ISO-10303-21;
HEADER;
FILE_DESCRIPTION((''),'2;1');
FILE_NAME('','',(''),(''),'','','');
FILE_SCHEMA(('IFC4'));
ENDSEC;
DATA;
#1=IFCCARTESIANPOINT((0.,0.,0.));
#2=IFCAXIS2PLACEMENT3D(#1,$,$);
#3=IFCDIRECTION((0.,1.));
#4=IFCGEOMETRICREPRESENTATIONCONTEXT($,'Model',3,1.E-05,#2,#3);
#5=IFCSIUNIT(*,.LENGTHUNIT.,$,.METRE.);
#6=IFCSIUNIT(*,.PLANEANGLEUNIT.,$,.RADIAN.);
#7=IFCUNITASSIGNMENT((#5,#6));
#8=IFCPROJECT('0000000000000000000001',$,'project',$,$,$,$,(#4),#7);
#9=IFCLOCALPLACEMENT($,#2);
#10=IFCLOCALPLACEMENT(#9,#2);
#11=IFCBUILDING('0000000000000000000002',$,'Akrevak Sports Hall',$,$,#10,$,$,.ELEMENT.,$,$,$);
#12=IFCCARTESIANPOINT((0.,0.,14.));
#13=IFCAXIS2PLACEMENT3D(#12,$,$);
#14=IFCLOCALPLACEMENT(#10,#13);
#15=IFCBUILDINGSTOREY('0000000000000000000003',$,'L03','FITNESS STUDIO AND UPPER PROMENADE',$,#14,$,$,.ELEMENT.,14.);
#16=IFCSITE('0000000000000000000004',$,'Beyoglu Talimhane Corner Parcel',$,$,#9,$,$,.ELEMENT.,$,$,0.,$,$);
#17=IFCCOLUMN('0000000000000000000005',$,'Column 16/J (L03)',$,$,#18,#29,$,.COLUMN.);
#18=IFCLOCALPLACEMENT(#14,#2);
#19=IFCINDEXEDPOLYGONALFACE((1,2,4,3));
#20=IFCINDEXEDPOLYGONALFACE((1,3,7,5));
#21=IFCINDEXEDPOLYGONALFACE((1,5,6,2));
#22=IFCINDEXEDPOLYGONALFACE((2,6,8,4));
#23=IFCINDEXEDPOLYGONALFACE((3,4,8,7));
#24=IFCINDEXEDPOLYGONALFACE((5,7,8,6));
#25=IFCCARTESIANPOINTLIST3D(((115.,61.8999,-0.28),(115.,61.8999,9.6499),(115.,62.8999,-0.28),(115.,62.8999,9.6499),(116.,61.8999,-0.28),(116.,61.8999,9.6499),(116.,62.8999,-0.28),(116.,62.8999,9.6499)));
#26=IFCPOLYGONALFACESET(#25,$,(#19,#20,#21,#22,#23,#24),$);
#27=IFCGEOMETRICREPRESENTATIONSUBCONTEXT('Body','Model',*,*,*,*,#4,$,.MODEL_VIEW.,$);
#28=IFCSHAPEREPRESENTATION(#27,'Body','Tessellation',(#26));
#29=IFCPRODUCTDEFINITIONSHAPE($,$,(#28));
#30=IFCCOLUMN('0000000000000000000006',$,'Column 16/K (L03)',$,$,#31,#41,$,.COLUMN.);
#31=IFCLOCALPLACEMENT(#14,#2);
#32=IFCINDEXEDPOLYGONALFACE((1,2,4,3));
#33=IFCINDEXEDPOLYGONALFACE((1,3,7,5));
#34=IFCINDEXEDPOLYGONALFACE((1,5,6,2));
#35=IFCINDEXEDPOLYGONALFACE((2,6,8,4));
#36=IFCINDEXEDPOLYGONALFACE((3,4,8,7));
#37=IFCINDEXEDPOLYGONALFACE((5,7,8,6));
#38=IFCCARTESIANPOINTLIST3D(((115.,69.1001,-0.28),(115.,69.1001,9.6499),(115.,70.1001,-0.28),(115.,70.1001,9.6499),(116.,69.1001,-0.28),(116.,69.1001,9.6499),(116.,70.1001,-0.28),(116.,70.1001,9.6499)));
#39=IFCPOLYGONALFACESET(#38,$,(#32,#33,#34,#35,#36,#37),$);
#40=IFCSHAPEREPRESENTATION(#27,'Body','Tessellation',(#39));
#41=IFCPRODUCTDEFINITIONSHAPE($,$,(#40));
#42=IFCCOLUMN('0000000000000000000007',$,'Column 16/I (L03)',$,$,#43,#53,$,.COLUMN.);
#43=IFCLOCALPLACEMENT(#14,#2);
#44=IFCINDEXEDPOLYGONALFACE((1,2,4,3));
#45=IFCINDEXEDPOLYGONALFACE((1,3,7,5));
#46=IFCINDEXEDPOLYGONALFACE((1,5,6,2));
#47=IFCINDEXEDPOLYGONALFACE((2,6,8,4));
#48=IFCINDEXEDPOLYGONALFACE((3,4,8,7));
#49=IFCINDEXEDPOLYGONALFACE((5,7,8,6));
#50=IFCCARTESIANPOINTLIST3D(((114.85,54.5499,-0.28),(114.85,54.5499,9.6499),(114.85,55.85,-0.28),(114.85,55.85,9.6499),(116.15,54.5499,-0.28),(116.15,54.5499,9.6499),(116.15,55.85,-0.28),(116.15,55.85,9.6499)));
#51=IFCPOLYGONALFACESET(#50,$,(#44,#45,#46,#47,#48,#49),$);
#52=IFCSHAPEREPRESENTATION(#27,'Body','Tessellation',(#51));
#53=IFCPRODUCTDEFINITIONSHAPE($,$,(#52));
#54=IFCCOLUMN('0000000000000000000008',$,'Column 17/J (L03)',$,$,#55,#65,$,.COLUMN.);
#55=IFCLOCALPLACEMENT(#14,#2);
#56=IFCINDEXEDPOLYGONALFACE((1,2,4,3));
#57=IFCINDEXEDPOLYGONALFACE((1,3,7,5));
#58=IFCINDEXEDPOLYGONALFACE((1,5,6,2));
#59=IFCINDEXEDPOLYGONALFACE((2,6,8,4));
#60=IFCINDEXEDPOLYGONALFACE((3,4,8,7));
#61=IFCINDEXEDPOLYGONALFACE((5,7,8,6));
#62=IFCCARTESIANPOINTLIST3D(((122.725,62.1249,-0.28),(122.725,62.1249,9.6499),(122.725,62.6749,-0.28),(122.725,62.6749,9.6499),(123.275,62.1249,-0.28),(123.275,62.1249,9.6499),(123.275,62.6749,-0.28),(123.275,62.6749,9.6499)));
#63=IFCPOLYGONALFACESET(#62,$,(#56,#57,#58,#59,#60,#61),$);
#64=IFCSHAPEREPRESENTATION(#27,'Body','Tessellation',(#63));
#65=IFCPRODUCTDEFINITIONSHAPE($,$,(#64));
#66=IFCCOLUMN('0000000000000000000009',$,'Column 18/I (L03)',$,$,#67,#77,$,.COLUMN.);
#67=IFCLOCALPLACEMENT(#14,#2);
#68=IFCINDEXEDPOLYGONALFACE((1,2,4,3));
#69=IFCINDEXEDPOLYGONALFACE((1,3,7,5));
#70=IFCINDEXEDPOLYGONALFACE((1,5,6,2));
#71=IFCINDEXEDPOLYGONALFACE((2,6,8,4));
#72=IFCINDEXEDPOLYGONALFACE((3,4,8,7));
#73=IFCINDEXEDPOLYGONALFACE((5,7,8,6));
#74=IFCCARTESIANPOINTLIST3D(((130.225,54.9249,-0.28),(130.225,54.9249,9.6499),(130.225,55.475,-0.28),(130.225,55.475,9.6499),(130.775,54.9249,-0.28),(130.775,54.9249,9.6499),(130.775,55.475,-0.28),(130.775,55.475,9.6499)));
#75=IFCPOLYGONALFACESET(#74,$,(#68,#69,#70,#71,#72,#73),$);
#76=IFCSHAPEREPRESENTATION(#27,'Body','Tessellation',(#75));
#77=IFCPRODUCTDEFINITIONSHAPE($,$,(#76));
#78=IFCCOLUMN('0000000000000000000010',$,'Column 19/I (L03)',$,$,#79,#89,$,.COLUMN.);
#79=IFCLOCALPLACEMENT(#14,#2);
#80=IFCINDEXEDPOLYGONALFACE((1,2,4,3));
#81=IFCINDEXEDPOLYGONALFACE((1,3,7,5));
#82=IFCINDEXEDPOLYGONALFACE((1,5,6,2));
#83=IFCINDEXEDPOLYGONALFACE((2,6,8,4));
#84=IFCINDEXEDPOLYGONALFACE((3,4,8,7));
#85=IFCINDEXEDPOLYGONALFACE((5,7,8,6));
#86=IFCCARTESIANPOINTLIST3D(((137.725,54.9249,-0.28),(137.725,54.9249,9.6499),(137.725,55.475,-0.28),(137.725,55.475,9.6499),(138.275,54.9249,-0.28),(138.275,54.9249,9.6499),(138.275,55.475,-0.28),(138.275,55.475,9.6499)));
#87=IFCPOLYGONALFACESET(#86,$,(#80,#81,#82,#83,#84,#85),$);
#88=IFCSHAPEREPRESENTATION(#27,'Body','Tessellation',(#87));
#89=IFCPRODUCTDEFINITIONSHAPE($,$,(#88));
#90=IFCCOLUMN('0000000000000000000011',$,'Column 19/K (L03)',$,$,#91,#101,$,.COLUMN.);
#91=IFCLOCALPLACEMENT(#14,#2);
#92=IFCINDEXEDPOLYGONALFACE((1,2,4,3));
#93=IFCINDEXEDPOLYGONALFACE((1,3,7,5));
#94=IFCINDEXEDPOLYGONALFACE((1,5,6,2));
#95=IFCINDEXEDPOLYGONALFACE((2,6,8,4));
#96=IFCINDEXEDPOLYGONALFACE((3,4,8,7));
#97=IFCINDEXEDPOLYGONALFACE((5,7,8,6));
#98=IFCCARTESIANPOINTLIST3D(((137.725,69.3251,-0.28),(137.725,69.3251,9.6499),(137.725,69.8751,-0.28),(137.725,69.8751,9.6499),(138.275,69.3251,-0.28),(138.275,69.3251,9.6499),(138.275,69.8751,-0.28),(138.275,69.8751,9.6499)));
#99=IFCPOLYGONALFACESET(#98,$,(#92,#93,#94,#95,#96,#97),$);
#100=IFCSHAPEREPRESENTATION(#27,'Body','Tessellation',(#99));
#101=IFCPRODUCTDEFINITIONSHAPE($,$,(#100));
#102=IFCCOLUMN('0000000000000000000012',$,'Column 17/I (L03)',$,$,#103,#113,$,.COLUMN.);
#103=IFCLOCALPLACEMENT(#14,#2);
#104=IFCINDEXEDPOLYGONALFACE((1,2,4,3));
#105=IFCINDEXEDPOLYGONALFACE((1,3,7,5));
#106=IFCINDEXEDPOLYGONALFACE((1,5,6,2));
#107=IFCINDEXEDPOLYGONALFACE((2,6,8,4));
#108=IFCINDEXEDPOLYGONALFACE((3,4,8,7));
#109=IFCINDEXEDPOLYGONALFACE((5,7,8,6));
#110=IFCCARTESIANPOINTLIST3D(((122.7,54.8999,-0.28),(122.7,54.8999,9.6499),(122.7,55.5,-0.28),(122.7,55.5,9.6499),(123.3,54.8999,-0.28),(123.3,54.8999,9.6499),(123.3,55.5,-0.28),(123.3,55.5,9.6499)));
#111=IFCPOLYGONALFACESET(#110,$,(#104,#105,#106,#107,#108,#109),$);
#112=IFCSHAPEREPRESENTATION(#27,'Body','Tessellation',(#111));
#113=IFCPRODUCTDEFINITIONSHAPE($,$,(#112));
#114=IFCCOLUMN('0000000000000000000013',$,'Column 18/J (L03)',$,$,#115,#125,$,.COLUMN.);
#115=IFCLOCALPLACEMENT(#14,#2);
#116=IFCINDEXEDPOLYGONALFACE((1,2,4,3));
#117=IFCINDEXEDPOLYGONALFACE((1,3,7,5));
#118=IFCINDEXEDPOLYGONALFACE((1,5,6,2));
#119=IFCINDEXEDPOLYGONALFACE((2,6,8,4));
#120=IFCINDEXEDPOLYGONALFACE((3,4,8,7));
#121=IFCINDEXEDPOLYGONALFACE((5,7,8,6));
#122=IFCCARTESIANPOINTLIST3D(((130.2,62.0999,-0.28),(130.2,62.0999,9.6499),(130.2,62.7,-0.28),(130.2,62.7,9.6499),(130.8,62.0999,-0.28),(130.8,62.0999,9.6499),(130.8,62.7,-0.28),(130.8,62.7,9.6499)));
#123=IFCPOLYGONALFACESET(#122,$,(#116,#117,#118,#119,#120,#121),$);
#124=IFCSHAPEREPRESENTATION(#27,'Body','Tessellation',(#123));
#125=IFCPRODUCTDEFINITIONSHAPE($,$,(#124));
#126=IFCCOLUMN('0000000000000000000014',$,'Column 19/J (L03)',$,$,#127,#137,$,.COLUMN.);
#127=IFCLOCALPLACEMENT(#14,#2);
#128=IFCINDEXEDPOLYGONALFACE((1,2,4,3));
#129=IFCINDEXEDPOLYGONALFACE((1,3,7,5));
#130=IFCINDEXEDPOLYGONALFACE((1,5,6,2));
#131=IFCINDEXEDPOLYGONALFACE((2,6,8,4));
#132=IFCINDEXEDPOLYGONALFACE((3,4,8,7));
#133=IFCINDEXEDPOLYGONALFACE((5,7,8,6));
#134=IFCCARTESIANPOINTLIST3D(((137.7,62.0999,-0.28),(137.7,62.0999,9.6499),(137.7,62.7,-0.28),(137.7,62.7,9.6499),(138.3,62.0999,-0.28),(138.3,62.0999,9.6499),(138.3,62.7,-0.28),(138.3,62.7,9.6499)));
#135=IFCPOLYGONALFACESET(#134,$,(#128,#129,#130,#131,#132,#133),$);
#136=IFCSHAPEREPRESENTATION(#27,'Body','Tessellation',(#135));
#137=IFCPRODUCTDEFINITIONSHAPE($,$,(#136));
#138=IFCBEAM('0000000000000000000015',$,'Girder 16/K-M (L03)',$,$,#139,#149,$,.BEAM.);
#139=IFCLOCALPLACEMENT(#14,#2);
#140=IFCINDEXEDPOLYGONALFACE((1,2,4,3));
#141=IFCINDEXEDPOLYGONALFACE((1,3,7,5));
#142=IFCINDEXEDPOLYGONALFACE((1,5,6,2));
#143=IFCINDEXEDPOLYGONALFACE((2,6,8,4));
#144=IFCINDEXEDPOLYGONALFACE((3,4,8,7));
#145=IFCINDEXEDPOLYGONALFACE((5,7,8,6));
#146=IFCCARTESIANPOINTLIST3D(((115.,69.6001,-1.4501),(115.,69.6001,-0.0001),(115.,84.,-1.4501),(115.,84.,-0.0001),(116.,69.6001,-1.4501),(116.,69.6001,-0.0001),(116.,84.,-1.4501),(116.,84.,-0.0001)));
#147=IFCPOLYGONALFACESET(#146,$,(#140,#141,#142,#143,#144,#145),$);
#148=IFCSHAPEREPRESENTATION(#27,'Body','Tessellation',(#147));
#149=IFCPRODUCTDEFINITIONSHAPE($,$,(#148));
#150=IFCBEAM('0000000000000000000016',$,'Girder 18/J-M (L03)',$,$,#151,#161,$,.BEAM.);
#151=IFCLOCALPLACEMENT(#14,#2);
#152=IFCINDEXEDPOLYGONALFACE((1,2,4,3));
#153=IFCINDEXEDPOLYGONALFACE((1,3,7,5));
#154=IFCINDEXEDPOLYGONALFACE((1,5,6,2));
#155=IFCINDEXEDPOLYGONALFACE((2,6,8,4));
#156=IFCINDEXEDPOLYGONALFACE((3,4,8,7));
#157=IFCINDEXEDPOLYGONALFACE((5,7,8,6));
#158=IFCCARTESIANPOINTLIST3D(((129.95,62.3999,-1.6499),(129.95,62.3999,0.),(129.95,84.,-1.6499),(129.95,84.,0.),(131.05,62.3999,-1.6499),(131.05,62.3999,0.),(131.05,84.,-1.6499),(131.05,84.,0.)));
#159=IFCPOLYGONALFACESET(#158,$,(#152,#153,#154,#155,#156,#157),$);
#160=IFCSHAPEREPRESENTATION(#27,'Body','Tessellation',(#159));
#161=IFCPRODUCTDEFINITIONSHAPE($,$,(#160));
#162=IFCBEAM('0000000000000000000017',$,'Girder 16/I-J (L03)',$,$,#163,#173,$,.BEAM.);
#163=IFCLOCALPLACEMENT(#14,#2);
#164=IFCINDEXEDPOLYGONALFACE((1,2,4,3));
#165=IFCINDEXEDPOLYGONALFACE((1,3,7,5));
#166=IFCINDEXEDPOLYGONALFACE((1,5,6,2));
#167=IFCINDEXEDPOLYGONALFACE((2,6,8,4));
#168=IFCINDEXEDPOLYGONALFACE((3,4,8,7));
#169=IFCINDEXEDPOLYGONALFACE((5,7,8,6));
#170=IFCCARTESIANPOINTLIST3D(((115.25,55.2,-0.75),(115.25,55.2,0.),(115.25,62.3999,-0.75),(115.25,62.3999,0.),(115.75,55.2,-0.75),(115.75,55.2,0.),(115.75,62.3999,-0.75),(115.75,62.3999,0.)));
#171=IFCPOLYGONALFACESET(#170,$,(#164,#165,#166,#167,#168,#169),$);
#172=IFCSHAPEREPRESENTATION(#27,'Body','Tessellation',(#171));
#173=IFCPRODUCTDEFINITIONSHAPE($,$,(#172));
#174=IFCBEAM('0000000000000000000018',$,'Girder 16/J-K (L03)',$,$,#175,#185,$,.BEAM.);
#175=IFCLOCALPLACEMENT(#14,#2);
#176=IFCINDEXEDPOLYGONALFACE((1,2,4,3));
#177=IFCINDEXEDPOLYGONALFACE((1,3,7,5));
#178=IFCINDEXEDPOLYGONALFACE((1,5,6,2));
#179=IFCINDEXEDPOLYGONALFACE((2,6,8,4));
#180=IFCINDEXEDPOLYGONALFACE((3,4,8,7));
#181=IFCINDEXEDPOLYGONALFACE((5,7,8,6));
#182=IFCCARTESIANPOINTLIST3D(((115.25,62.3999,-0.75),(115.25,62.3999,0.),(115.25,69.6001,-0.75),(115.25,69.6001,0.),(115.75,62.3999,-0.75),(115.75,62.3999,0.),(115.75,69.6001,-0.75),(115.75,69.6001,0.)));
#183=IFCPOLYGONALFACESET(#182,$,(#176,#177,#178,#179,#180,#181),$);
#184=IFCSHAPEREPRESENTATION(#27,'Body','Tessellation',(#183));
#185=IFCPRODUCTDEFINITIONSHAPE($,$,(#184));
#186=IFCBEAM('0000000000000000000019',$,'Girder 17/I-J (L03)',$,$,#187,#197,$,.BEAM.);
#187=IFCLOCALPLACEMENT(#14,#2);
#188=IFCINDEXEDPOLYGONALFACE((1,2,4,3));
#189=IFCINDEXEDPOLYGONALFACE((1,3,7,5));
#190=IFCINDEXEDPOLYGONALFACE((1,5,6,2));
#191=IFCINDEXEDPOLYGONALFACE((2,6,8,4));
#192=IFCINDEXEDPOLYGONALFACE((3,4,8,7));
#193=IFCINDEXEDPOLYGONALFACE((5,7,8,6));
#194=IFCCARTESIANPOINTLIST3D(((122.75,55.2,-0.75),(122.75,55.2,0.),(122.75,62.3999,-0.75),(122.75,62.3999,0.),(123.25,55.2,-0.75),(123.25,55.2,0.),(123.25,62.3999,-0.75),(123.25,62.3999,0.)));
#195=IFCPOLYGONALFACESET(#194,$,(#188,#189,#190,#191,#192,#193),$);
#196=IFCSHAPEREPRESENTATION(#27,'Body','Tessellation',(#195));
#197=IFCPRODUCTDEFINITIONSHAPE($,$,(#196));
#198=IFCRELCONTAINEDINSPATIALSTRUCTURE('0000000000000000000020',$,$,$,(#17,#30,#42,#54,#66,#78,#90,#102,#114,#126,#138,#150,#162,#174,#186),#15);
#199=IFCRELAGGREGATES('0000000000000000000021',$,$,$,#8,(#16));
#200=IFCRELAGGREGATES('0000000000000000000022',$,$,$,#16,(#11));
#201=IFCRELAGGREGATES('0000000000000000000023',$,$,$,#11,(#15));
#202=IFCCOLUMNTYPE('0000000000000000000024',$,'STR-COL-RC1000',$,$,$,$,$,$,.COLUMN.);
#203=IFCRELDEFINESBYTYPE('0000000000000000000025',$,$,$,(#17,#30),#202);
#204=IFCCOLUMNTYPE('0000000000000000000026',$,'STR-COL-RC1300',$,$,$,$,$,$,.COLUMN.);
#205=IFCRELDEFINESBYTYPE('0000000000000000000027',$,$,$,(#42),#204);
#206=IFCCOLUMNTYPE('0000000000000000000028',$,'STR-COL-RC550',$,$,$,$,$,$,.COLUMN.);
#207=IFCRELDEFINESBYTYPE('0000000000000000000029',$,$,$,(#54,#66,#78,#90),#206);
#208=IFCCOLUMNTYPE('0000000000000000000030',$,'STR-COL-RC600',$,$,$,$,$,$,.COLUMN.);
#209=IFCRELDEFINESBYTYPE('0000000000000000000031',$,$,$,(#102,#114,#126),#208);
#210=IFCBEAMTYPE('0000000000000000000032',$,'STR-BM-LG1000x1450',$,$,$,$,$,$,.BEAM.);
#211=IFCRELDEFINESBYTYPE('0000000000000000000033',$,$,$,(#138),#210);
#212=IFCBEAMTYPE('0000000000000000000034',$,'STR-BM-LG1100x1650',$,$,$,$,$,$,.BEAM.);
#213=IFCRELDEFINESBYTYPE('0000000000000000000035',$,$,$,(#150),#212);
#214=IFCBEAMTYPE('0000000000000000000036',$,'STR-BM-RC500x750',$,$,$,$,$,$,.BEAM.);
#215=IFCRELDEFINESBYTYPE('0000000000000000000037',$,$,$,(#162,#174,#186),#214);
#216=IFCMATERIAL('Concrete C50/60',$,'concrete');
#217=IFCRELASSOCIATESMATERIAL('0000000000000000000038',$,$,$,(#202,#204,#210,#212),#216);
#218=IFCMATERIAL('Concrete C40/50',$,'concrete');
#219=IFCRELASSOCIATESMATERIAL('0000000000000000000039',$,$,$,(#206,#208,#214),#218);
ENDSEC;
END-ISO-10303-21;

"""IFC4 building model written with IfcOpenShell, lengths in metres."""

from ifc_helpers import new_model, si_unit, direction, frame, origin, origin_2d, place, context, subcontext, project, spatial, rectangle, extrude, material, material_profile, profile_set, type_object, element, save


model = new_model("IFC4")

# Units and contexts
model_context = context("Model", 3, precision=1e-05, world=origin(), true_north=direction((0.0, 1.0)))
body_context = subcontext(model_context, "Body", "Model", "MODEL_VIEW")
ifc_project = project(units=[si_unit("LENGTHUNIT", "METRE"), si_unit("PLANEANGLEUNIT", "RADIAN")], contexts=[model_context])

# Site, building, storey
site_placement = place(None, origin())
site = spatial("IfcSite", under=ifc_project, at=site_placement, Name="Beyoglu Talimhane Corner Parcel", CompositionType="ELEMENT", RefElevation=0.0)
building_placement = place(site_placement, origin())
building = spatial("IfcBuilding", under=site, at=building_placement, Name="Akrevak Sports Hall", CompositionType="ELEMENT")
storey_placement = place(building_placement, frame((0.0, 0.0, 14.0)))
storey = spatial("IfcBuildingStorey", under=building, at=storey_placement, Name="L03", Description="FITNESS STUDIO AND UPPER PROMENADE", CompositionType="ELEMENT", Elevation=14.0)

# Columns
ifc_material_1 = material(Name="Concrete C50/60", Category="concrete")
ifc_material_profile_1 = material_profile(ifc_material_1, rectangle(XDim=1.0, YDim=1.0, at=origin_2d()), Name="RC 1000x1000", Category="concrete")
ifc_profile_set_1 = profile_set([ifc_material_profile_1], Name="Concrete C50/60")
column_type_1 = type_object("IfcColumnType", Name="STR-COL-RC1000", PredefinedType="COLUMN", material=ifc_profile_set_1)
for number, where, z_axis, x_axis, name in (
    (1, (115.5, 62.3999, -0.28), (0.0, 0.0, 1.0), (1.0, 0.0, 0.0), "Column 16/J (L03)"),
    (2, (115.5, 69.6001, -0.28), (0.0, 0.0, 1.0), (1.0, 0.0, 0.0), "Column 16/K (L03)"),
):
    element("IfcColumn", number, at=place(storey_placement, frame(where, z_axis=z_axis, x_axis=x_axis)), inside=storey, type_object=column_type_1, Name=name, PredefinedType="COLUMN", context=body_context, shape_type="SweptSolid", body=[
        extrude(rectangle(XDim=1.0, YDim=1.0, at=origin_2d()), origin(), (0.0, 0.0, 1.0), 9.9299),
    ])
ifc_material_profile_2 = material_profile(ifc_material_1, rectangle(XDim=1.3, YDim=1.3, at=origin_2d()), Name="RC 1300x1300", Category="concrete")
ifc_profile_set_2 = profile_set([ifc_material_profile_2], Name="Concrete C50/60")
column_type_2 = type_object("IfcColumnType", Name="STR-COL-RC1300", PredefinedType="COLUMN", material=ifc_profile_set_2)
column_placement = place(storey_placement, frame((115.5, 55.2, -0.28), z_axis=(0.0, 0.0, 1.0), x_axis=(1.0, 0.0, 0.0)))
element("IfcColumn", 3, at=column_placement, inside=storey, type_object=column_type_2, Name="Column 16/I (L03)", PredefinedType="COLUMN", context=body_context, shape_type="SweptSolid", body=[
    extrude(rectangle(XDim=1.3, YDim=1.3, at=origin_2d()), origin(), (0.0, 0.0, 1.0), 9.9299),
])
ifc_material_2 = material(Name="Concrete C40/50", Category="concrete")
ifc_material_profile_3 = material_profile(ifc_material_2, rectangle(XDim=0.55, YDim=0.55, at=origin_2d()), Name="RC 550x550", Category="concrete")
ifc_profile_set_3 = profile_set([ifc_material_profile_3], Name="Concrete C40/50")
column_type_3 = type_object("IfcColumnType", Name="STR-COL-RC550", PredefinedType="COLUMN", material=ifc_profile_set_3)
for number, where, z_axis, x_axis, name in (
    (4, (123.0, 62.3999, -0.28), (0.0, 0.0, 1.0), (1.0, 0.0, 0.0), "Column 17/J (L03)"),
    (5, (130.5, 55.2, -0.28), (0.0, 0.0, 1.0), (1.0, 0.0, 0.0), "Column 18/I (L03)"),
    (6, (138.0, 55.2, -0.28), (0.0, 0.0, 1.0), (1.0, 0.0, 0.0), "Column 19/I (L03)"),
    (7, (138.0, 69.6001, -0.28), (0.0, 0.0, 1.0), (1.0, 0.0, 0.0), "Column 19/K (L03)"),
):
    element("IfcColumn", number, at=place(storey_placement, frame(where, z_axis=z_axis, x_axis=x_axis)), inside=storey, type_object=column_type_3, Name=name, PredefinedType="COLUMN", context=body_context, shape_type="SweptSolid", body=[
        extrude(rectangle(XDim=0.55, YDim=0.55, at=origin_2d()), origin(), (0.0, 0.0, 1.0), 9.9299),
    ])
ifc_material_profile_4 = material_profile(ifc_material_2, rectangle(XDim=0.6001, YDim=0.6001, at=origin_2d()), Name="RC 600x600", Category="concrete")
ifc_profile_set_4 = profile_set([ifc_material_profile_4], Name="Concrete C40/50")
column_type_4 = type_object("IfcColumnType", Name="STR-COL-RC600", PredefinedType="COLUMN", material=ifc_profile_set_4)
for number, where, z_axis, x_axis, name in (
    (8, (123.0, 55.2, -0.28), (0.0, 0.0, 1.0), (1.0, 0.0, 0.0), "Column 17/I (L03)"),
    (9, (130.5, 62.3999, -0.28), (0.0, 0.0, 1.0), (1.0, 0.0, 0.0), "Column 18/J (L03)"),
    (10, (138.0, 62.3999, -0.28), (0.0, 0.0, 1.0), (1.0, 0.0, 0.0), "Column 19/J (L03)"),
):
    element("IfcColumn", number, at=place(storey_placement, frame(where, z_axis=z_axis, x_axis=x_axis)), inside=storey, type_object=column_type_4, Name=name, PredefinedType="COLUMN", context=body_context, shape_type="SweptSolid", body=[
        extrude(rectangle(XDim=0.6001, YDim=0.6001, at=origin_2d()), origin(), (0.0, 0.0, 1.0), 9.9299),
    ])

# Beams
ifc_material_profile_5 = material_profile(ifc_material_1, rectangle(XDim=1.0, YDim=1.45, at=origin_2d()), Name="BM 1000x1450", Category="concrete")
ifc_profile_set_5 = profile_set([ifc_material_profile_5], Name="Concrete C50/60")
beam_type_1 = type_object("IfcBeamType", Name="STR-BM-LG1000x1450", PredefinedType="BEAM", material=ifc_profile_set_5)
beam_1_placement = place(storey_placement, frame((115.5, 69.6001, -0.7251), z_axis=(0.0, 1.0, 0.0), x_axis=(-1.0, 0.0, 0.0)))
element("IfcBeam", 11, at=beam_1_placement, inside=storey, type_object=beam_type_1, Name="Girder 16/K-M (L03)", PredefinedType="BEAM", context=body_context, shape_type="SweptSolid", body=[
    extrude(rectangle(XDim=1.0, YDim=1.45, at=origin_2d()), origin(), (0.0, 0.0, 1.0), 14.3999),
])
ifc_material_profile_6 = material_profile(ifc_material_1, rectangle(XDim=1.1001, YDim=1.6499, at=origin_2d()), Name="BM 1100x1650", Category="concrete")
ifc_profile_set_6 = profile_set([ifc_material_profile_6], Name="Concrete C50/60")
beam_type_2 = type_object("IfcBeamType", Name="STR-BM-LG1100x1650", PredefinedType="BEAM", material=ifc_profile_set_6)
beam_2_placement = place(storey_placement, frame((130.5, 62.3999, -0.825), z_axis=(0.0, 1.0, 0.0), x_axis=(-1.0, 0.0, 0.0)))
element("IfcBeam", 12, at=beam_2_placement, inside=storey, type_object=beam_type_2, Name="Girder 18/J-M (L03)", PredefinedType="BEAM", context=body_context, shape_type="SweptSolid", body=[
    extrude(rectangle(XDim=1.1001, YDim=1.6499, at=origin_2d()), origin(), (0.0, 0.0, 1.0), 21.6001),
])
ifc_material_profile_7 = material_profile(ifc_material_2, rectangle(XDim=0.5, YDim=0.75, at=origin_2d()), Name="BM 500x750", Category="concrete")
ifc_profile_set_7 = profile_set([ifc_material_profile_7], Name="Concrete C40/50")
beam_type_3 = type_object("IfcBeamType", Name="STR-BM-RC500x750", PredefinedType="BEAM", material=ifc_profile_set_7)
beam_3_placement = place(storey_placement, frame((115.5, 55.2, -0.375), z_axis=(0.0, 1.0, 0.0), x_axis=(-1.0, 0.0, 0.0)))
element("IfcBeam", 13, at=beam_3_placement, inside=storey, type_object=beam_type_3, Name="Girder 16/I-J (L03)", PredefinedType="BEAM", context=body_context, shape_type="SweptSolid", body=[
    extrude(rectangle(XDim=0.5, YDim=0.75, at=origin_2d()), origin(), (0.0, 0.0, 1.0), 7.2),
])
beam_4_placement = place(storey_placement, frame((115.5, 62.3999, -0.375), z_axis=(0.0, 1.0, 0.0), x_axis=(-1.0, 0.0, 0.0)))
element("IfcBeam", 14, at=beam_4_placement, inside=storey, type_object=beam_type_3, Name="Girder 16/J-K (L03)", PredefinedType="BEAM", context=body_context, shape_type="SweptSolid", body=[
    extrude(rectangle(XDim=0.5, YDim=0.75, at=origin_2d()), origin(), (0.0, 0.0, 1.0), 7.2002),
])
for number, where, z_axis, x_axis, name in (
    (15, (123.0, 55.2, -0.375), (0.0, 1.0, 0.0), (-1.0, 0.0, 0.0), "Girder 17/I-J (L03)"),
):
    element("IfcBeam", number, at=place(storey_placement, frame(where, z_axis=z_axis, x_axis=x_axis)), inside=storey, type_object=beam_type_3, Name=name, PredefinedType="BEAM", context=body_context, shape_type="SweptSolid", body=[
        extrude(rectangle(XDim=0.5, YDim=0.75, at=origin_2d()), origin(), (0.0, 0.0, 1.0), 7.2),
    ])

save(model, "model.ifc")
